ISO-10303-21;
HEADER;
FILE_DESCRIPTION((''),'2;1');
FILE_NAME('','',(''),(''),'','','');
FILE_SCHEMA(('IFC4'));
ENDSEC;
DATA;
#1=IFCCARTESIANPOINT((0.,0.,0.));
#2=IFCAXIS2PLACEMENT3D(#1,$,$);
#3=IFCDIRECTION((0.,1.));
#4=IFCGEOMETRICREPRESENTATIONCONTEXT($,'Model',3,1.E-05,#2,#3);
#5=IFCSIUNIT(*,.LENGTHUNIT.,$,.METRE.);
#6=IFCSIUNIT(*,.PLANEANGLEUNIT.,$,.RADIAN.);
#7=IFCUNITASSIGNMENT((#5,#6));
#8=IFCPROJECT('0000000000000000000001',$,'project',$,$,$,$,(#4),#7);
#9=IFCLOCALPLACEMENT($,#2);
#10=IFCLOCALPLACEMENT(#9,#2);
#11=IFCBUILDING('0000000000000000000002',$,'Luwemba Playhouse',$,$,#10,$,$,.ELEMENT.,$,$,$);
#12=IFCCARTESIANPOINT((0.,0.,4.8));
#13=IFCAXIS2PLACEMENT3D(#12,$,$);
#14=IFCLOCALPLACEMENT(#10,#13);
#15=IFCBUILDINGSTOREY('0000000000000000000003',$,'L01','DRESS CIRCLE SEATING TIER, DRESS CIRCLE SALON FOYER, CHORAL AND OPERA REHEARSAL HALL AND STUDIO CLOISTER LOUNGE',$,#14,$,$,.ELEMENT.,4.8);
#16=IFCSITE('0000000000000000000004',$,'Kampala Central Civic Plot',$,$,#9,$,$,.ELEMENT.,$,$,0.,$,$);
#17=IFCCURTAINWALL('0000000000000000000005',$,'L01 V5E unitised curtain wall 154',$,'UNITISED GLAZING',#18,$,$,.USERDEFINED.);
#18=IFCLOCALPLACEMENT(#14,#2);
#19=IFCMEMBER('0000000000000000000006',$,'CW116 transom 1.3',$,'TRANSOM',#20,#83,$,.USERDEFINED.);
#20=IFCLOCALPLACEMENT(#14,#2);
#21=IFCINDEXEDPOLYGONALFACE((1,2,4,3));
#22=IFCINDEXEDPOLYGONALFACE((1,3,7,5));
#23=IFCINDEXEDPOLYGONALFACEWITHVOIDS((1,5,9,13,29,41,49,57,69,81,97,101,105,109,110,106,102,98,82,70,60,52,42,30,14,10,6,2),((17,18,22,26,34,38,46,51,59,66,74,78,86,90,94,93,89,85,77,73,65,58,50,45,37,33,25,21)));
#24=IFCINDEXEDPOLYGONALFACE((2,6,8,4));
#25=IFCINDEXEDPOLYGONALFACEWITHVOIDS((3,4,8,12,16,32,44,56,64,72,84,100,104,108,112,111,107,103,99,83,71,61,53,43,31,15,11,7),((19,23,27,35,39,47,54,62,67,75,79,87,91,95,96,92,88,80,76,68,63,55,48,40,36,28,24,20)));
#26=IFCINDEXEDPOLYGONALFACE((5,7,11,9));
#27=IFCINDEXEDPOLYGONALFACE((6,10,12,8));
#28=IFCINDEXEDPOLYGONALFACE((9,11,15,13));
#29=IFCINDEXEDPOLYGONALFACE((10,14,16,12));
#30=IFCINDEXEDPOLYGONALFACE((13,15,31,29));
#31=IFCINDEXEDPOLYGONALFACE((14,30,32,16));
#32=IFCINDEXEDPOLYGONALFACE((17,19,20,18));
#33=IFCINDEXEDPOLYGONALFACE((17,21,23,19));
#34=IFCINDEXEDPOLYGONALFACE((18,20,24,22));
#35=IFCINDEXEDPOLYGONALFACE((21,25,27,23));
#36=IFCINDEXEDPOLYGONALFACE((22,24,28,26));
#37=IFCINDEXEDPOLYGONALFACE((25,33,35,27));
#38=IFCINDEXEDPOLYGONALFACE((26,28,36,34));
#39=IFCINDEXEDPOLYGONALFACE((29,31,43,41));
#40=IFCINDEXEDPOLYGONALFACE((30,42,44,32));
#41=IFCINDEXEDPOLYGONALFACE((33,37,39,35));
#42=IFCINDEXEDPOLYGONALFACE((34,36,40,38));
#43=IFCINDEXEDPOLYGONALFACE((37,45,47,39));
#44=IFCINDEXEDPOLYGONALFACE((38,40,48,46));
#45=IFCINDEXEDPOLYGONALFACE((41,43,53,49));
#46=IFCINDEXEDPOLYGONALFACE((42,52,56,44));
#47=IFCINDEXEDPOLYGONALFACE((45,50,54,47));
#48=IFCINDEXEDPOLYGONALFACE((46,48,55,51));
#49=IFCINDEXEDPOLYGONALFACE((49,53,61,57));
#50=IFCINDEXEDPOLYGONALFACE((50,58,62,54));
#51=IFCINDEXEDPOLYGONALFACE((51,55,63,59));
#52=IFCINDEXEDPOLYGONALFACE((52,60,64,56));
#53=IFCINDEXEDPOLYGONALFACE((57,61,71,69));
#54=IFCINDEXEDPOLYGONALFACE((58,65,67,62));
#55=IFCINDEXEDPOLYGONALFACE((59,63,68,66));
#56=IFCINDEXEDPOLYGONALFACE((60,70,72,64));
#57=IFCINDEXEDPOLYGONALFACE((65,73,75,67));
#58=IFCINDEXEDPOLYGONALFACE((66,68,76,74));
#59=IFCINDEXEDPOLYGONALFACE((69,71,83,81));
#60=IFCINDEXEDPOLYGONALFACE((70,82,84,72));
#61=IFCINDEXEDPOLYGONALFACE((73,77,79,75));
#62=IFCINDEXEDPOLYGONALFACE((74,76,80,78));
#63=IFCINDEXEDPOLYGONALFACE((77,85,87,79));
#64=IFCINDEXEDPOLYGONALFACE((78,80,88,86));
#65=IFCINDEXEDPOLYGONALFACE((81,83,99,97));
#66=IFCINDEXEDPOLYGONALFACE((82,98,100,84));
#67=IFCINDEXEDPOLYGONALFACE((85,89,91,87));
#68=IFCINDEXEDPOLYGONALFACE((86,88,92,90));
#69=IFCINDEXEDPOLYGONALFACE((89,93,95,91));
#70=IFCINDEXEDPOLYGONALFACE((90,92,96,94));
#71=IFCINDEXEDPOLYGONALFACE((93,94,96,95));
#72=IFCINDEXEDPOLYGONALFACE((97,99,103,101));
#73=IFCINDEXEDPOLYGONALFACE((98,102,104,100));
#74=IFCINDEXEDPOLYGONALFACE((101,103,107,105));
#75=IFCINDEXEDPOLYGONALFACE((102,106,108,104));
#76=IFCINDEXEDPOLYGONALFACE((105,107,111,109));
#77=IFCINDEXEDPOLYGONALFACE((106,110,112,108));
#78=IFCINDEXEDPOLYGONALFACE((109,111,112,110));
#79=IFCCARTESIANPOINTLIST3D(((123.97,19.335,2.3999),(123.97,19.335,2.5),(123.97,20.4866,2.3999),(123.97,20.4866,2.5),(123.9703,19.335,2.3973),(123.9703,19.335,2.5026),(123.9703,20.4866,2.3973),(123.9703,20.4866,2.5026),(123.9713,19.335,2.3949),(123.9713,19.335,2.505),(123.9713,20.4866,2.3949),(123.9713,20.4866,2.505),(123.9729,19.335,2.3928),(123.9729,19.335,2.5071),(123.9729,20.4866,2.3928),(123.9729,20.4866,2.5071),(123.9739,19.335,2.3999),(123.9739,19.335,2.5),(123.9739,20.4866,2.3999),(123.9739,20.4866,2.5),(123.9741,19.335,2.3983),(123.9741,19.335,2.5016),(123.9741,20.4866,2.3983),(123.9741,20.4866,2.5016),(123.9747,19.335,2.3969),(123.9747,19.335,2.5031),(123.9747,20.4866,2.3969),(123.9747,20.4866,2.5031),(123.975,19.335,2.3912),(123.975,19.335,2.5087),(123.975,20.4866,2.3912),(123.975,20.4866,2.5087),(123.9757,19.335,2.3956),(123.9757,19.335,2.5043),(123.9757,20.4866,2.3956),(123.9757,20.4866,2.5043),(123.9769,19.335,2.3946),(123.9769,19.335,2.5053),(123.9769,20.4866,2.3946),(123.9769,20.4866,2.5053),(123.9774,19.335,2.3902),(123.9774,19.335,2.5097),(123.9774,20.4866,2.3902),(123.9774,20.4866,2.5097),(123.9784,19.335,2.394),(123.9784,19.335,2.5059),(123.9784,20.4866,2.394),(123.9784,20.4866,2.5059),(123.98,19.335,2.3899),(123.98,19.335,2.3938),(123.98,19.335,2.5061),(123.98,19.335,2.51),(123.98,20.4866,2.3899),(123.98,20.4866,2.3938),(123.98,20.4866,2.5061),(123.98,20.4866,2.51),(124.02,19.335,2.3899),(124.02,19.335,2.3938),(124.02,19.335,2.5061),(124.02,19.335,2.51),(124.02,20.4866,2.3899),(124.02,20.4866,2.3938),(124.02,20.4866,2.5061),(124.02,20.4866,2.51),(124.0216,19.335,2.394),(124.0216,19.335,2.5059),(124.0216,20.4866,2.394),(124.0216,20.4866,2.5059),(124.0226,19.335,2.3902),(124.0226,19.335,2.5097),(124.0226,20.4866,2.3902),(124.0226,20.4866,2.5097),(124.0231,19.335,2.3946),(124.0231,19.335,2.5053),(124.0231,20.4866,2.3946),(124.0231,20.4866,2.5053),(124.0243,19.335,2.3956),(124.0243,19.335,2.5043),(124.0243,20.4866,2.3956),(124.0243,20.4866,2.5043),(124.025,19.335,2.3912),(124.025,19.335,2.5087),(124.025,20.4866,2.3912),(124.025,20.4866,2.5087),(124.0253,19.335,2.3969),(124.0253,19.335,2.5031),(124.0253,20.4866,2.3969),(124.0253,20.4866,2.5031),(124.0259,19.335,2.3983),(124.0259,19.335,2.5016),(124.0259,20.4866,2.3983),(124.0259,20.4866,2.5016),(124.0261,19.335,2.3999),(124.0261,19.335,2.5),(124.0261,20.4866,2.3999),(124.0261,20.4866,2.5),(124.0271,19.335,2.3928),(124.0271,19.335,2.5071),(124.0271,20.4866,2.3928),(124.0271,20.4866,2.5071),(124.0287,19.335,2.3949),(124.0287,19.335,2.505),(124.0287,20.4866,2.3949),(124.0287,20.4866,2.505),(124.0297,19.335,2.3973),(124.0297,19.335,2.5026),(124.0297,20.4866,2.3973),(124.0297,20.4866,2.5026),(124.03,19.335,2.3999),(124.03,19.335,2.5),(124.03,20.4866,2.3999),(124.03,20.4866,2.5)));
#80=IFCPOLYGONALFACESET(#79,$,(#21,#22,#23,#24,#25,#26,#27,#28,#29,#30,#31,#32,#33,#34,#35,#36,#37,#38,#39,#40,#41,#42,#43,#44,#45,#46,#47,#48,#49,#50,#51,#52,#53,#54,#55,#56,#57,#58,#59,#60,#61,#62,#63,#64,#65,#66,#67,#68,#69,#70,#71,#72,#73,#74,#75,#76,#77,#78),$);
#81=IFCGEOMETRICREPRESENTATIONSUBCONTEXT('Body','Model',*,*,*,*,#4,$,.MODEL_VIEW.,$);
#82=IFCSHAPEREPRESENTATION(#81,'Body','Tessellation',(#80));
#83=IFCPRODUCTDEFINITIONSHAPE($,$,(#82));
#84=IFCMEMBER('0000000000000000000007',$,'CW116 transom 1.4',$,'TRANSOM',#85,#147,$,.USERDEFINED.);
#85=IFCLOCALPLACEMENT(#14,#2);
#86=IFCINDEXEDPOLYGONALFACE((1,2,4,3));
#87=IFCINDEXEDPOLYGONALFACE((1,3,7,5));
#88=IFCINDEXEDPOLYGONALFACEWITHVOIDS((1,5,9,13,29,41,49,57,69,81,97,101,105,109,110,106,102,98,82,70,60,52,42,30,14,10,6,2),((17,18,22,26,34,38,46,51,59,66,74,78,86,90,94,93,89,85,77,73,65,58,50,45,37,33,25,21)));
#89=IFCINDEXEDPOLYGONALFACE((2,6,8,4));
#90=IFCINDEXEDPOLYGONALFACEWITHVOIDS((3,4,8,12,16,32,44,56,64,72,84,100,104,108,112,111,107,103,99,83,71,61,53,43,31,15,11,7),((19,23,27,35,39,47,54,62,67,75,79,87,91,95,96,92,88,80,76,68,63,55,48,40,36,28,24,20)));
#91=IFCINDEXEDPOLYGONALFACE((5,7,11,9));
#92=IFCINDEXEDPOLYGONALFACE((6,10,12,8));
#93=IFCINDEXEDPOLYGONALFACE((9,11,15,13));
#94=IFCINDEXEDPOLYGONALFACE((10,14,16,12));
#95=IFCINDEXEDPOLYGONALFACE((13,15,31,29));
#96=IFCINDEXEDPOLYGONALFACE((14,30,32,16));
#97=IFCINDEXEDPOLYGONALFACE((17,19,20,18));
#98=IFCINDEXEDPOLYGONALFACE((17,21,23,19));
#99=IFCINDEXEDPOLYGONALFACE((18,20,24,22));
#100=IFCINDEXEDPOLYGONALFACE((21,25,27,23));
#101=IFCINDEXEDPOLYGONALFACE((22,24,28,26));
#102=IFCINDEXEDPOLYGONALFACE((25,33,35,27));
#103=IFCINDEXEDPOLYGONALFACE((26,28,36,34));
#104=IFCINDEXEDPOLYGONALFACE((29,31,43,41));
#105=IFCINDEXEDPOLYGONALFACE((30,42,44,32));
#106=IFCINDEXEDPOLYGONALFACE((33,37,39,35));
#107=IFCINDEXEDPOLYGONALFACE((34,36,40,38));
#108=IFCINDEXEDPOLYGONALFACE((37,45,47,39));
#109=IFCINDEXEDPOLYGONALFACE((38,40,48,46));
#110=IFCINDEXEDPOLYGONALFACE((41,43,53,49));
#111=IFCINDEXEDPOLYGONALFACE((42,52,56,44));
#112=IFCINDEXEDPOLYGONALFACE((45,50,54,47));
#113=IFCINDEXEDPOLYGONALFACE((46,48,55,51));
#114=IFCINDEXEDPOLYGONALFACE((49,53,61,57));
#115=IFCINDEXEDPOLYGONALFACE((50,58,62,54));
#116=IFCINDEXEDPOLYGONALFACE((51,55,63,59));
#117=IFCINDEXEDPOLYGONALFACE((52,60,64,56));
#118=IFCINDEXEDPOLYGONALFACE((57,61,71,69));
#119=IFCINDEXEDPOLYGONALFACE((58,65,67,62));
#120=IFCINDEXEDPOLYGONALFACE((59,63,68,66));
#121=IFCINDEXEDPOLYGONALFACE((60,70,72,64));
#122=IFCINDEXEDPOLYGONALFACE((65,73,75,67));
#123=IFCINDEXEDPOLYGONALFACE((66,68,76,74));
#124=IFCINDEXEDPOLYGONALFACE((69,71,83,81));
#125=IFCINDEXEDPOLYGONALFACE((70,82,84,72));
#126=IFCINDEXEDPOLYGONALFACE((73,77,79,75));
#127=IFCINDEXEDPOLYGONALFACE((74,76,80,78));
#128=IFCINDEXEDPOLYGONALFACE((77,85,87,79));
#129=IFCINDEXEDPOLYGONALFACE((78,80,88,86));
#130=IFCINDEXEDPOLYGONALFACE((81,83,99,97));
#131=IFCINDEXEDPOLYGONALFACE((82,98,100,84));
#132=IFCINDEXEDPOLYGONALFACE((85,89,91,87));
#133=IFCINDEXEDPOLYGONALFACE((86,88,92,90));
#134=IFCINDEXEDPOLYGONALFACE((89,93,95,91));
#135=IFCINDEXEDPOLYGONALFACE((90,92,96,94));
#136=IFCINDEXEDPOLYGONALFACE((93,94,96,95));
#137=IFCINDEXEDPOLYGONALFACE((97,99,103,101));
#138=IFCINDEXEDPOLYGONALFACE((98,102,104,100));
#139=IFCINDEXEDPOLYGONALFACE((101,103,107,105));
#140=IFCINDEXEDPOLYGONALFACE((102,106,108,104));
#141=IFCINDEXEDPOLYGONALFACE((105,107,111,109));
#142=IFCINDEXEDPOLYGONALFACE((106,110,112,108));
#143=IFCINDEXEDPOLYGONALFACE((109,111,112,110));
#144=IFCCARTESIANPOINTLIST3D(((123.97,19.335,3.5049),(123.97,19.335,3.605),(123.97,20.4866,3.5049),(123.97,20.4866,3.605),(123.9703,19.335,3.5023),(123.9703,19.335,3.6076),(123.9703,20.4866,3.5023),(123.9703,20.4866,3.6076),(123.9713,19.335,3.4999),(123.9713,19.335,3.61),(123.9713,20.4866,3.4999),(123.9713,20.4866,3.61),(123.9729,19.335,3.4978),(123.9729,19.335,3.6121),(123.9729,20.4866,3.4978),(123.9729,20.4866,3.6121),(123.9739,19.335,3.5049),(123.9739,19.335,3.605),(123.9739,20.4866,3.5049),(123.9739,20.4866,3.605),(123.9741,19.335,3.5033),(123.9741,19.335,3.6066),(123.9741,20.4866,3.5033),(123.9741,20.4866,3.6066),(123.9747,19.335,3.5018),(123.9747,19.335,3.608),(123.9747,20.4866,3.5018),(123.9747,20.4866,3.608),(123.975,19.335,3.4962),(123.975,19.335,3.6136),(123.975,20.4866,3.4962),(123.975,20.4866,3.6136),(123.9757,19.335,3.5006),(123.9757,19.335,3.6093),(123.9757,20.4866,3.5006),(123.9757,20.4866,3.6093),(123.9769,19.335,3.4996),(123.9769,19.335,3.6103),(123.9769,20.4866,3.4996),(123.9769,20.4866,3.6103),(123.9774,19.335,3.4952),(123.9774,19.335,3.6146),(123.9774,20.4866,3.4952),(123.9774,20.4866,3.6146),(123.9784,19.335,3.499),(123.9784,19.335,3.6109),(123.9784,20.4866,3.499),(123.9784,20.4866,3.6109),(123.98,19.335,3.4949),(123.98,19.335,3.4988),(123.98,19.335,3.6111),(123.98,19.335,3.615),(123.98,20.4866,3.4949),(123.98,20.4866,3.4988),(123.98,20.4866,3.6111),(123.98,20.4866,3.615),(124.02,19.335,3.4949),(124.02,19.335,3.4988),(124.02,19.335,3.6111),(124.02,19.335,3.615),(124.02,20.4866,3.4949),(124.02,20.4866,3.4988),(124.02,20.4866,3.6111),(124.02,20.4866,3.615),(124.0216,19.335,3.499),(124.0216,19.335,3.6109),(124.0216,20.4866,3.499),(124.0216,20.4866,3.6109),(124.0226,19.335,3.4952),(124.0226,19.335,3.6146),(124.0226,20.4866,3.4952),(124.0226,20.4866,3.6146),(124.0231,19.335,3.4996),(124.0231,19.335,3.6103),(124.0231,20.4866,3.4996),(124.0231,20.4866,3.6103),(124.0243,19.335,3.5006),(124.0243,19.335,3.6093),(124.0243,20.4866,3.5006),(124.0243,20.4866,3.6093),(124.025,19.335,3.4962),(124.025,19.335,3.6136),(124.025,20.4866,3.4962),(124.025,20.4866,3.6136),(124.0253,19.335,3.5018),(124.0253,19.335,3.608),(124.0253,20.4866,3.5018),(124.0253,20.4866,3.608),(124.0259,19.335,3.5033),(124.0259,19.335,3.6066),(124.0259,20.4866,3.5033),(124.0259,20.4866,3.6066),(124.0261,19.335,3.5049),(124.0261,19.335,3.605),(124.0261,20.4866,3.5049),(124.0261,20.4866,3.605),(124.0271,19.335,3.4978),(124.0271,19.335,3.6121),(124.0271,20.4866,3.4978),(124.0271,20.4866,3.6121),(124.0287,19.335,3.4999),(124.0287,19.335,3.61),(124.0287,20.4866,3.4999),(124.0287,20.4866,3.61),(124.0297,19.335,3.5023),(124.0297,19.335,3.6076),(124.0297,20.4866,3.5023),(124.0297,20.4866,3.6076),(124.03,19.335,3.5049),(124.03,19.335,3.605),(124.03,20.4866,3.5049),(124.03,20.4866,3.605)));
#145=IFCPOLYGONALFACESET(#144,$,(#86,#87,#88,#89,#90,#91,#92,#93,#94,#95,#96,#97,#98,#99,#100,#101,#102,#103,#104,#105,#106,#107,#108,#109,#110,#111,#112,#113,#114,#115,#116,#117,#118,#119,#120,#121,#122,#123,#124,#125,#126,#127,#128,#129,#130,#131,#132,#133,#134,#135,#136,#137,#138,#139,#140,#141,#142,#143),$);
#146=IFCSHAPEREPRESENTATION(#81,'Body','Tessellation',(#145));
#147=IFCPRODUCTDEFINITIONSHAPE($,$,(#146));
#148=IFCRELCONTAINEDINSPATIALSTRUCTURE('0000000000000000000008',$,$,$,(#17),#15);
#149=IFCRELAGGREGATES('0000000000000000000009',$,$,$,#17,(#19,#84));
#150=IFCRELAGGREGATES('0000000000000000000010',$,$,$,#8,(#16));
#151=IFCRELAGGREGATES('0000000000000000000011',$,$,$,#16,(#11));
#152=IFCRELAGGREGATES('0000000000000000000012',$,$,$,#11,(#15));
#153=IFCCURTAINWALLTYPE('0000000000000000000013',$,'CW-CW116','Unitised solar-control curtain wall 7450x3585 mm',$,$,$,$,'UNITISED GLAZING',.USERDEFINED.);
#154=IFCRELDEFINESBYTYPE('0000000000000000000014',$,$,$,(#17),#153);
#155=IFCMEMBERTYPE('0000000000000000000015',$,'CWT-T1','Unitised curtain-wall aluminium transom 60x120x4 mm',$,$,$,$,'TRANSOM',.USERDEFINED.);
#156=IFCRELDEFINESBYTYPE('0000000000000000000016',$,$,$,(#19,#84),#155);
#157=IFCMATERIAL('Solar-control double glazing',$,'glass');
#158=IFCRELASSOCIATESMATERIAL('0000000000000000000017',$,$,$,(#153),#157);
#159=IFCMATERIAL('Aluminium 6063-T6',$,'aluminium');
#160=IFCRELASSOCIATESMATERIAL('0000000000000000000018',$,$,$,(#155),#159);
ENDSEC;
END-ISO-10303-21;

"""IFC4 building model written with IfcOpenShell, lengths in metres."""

from ifc_helpers import new_model, si_unit, direction, frame, origin, origin_2d, place, context, subcontext, project, spatial, hollow_rectangle, extrude, material, material_profile, profile_set, type_object, element, aggregate, save


model = new_model("IFC4")

# Units and contexts
model_context = context("Model", 3, precision=1e-05, world=origin(), true_north=direction((0.0, 1.0)))
body_context = subcontext(model_context, "Body", "Model", "MODEL_VIEW")
ifc_project = project(units=[si_unit("LENGTHUNIT", "METRE"), si_unit("PLANEANGLEUNIT", "RADIAN")], contexts=[model_context])

# Site, building, storey
site_placement = place(None, origin())
site = spatial("IfcSite", under=ifc_project, at=site_placement, Name="Kampala Central Civic Plot", CompositionType="ELEMENT", RefElevation=0.0)
building_placement = place(site_placement, origin())
building = spatial("IfcBuilding", under=site, at=building_placement, Name="Luwemba Playhouse", CompositionType="ELEMENT")
storey_placement = place(building_placement, frame((0.0, 0.0, 4.8)))
storey = spatial("IfcBuildingStorey", under=building, at=storey_placement, Name="L01", Description="DRESS CIRCLE SEATING TIER, DRESS CIRCLE SALON FOYER, CHORAL AND OPERA REHEARSAL HALL AND STUDIO CLOISTER LOUNGE", CompositionType="ELEMENT", Elevation=4.8)

# Curtain wall, members
ifc_material_1 = material(Name="Solar-control double glazing", Category="glass")
curtain_wall_type = type_object("IfcCurtainWallType", Name="CW-CW116", Description="Unitised solar-control curtain wall 7450x3585 mm", ElementType="UNITISED GLAZING", PredefinedType="USERDEFINED", material=ifc_material_1)
curtain_wall_placement = place(storey_placement, origin())
curtain_wall = element("IfcCurtainWall", 1, at=curtain_wall_placement, inside=storey, type_object=curtain_wall_type, Name="L01 V5E unitised curtain wall 154", ObjectType="UNITISED GLAZING", PredefinedType="USERDEFINED")
ifc_material_2 = material(Name="Aluminium 6063-T6", Category="aluminium")
ifc_material_profile_1 = material_profile(ifc_material_2, hollow_rectangle(XDim=0.0601, YDim=0.1201, WallThickness=0.0039, InnerFilletRadius=0.0061, OuterFilletRadius=0.01, at=origin_2d()))
ifc_profile_set_1 = profile_set([ifc_material_profile_1], Name="Aluminium 6063-T6")
member_type_1 = type_object("IfcMemberType", Name="CWT-T1", Description="Unitised curtain-wall aluminium transom 60x120x4 mm", ElementType="TRANSOM", PredefinedType="USERDEFINED", material=ifc_profile_set_1)
member_1_placement = place(storey_placement, frame((124.0, 19.335, 2.45), z_axis=(0.0, 1.0, 0.0), x_axis=(-1.0, 0.0, 0.0)))
member_1 = element("IfcMember", 2, at=member_1_placement, type_object=member_type_1, Name="CW116 transom 1.3", ObjectType="TRANSOM", PredefinedType="USERDEFINED", context=body_context, shape_type="SweptSolid", body=[
    extrude(hollow_rectangle(XDim=0.0601, YDim=0.1201, WallThickness=0.0039, InnerFilletRadius=0.0061, OuterFilletRadius=0.01, at=origin_2d()), origin(), (0.0, 0.0, 1.0), 1.1516),
])
member_2_placement = place(storey_placement, frame((124.0, 19.335, 3.5549), z_axis=(0.0, 1.0, 0.0), x_axis=(-1.0, 0.0, 0.0)))
member_2 = element("IfcMember", 3, at=member_2_placement, type_object=member_type_1, Name="CW116 transom 1.4", ObjectType="TRANSOM", PredefinedType="USERDEFINED", context=body_context, shape_type="SweptSolid", body=[
    extrude(hollow_rectangle(XDim=0.0601, YDim=0.1201, WallThickness=0.0039, InnerFilletRadius=0.0061, OuterFilletRadius=0.01, at=origin_2d()), origin(), (0.0, 0.0, 1.0), 1.1516),
])
aggregate(curtain_wall, [member_1, member_2])

save(model, "model.ifc")
